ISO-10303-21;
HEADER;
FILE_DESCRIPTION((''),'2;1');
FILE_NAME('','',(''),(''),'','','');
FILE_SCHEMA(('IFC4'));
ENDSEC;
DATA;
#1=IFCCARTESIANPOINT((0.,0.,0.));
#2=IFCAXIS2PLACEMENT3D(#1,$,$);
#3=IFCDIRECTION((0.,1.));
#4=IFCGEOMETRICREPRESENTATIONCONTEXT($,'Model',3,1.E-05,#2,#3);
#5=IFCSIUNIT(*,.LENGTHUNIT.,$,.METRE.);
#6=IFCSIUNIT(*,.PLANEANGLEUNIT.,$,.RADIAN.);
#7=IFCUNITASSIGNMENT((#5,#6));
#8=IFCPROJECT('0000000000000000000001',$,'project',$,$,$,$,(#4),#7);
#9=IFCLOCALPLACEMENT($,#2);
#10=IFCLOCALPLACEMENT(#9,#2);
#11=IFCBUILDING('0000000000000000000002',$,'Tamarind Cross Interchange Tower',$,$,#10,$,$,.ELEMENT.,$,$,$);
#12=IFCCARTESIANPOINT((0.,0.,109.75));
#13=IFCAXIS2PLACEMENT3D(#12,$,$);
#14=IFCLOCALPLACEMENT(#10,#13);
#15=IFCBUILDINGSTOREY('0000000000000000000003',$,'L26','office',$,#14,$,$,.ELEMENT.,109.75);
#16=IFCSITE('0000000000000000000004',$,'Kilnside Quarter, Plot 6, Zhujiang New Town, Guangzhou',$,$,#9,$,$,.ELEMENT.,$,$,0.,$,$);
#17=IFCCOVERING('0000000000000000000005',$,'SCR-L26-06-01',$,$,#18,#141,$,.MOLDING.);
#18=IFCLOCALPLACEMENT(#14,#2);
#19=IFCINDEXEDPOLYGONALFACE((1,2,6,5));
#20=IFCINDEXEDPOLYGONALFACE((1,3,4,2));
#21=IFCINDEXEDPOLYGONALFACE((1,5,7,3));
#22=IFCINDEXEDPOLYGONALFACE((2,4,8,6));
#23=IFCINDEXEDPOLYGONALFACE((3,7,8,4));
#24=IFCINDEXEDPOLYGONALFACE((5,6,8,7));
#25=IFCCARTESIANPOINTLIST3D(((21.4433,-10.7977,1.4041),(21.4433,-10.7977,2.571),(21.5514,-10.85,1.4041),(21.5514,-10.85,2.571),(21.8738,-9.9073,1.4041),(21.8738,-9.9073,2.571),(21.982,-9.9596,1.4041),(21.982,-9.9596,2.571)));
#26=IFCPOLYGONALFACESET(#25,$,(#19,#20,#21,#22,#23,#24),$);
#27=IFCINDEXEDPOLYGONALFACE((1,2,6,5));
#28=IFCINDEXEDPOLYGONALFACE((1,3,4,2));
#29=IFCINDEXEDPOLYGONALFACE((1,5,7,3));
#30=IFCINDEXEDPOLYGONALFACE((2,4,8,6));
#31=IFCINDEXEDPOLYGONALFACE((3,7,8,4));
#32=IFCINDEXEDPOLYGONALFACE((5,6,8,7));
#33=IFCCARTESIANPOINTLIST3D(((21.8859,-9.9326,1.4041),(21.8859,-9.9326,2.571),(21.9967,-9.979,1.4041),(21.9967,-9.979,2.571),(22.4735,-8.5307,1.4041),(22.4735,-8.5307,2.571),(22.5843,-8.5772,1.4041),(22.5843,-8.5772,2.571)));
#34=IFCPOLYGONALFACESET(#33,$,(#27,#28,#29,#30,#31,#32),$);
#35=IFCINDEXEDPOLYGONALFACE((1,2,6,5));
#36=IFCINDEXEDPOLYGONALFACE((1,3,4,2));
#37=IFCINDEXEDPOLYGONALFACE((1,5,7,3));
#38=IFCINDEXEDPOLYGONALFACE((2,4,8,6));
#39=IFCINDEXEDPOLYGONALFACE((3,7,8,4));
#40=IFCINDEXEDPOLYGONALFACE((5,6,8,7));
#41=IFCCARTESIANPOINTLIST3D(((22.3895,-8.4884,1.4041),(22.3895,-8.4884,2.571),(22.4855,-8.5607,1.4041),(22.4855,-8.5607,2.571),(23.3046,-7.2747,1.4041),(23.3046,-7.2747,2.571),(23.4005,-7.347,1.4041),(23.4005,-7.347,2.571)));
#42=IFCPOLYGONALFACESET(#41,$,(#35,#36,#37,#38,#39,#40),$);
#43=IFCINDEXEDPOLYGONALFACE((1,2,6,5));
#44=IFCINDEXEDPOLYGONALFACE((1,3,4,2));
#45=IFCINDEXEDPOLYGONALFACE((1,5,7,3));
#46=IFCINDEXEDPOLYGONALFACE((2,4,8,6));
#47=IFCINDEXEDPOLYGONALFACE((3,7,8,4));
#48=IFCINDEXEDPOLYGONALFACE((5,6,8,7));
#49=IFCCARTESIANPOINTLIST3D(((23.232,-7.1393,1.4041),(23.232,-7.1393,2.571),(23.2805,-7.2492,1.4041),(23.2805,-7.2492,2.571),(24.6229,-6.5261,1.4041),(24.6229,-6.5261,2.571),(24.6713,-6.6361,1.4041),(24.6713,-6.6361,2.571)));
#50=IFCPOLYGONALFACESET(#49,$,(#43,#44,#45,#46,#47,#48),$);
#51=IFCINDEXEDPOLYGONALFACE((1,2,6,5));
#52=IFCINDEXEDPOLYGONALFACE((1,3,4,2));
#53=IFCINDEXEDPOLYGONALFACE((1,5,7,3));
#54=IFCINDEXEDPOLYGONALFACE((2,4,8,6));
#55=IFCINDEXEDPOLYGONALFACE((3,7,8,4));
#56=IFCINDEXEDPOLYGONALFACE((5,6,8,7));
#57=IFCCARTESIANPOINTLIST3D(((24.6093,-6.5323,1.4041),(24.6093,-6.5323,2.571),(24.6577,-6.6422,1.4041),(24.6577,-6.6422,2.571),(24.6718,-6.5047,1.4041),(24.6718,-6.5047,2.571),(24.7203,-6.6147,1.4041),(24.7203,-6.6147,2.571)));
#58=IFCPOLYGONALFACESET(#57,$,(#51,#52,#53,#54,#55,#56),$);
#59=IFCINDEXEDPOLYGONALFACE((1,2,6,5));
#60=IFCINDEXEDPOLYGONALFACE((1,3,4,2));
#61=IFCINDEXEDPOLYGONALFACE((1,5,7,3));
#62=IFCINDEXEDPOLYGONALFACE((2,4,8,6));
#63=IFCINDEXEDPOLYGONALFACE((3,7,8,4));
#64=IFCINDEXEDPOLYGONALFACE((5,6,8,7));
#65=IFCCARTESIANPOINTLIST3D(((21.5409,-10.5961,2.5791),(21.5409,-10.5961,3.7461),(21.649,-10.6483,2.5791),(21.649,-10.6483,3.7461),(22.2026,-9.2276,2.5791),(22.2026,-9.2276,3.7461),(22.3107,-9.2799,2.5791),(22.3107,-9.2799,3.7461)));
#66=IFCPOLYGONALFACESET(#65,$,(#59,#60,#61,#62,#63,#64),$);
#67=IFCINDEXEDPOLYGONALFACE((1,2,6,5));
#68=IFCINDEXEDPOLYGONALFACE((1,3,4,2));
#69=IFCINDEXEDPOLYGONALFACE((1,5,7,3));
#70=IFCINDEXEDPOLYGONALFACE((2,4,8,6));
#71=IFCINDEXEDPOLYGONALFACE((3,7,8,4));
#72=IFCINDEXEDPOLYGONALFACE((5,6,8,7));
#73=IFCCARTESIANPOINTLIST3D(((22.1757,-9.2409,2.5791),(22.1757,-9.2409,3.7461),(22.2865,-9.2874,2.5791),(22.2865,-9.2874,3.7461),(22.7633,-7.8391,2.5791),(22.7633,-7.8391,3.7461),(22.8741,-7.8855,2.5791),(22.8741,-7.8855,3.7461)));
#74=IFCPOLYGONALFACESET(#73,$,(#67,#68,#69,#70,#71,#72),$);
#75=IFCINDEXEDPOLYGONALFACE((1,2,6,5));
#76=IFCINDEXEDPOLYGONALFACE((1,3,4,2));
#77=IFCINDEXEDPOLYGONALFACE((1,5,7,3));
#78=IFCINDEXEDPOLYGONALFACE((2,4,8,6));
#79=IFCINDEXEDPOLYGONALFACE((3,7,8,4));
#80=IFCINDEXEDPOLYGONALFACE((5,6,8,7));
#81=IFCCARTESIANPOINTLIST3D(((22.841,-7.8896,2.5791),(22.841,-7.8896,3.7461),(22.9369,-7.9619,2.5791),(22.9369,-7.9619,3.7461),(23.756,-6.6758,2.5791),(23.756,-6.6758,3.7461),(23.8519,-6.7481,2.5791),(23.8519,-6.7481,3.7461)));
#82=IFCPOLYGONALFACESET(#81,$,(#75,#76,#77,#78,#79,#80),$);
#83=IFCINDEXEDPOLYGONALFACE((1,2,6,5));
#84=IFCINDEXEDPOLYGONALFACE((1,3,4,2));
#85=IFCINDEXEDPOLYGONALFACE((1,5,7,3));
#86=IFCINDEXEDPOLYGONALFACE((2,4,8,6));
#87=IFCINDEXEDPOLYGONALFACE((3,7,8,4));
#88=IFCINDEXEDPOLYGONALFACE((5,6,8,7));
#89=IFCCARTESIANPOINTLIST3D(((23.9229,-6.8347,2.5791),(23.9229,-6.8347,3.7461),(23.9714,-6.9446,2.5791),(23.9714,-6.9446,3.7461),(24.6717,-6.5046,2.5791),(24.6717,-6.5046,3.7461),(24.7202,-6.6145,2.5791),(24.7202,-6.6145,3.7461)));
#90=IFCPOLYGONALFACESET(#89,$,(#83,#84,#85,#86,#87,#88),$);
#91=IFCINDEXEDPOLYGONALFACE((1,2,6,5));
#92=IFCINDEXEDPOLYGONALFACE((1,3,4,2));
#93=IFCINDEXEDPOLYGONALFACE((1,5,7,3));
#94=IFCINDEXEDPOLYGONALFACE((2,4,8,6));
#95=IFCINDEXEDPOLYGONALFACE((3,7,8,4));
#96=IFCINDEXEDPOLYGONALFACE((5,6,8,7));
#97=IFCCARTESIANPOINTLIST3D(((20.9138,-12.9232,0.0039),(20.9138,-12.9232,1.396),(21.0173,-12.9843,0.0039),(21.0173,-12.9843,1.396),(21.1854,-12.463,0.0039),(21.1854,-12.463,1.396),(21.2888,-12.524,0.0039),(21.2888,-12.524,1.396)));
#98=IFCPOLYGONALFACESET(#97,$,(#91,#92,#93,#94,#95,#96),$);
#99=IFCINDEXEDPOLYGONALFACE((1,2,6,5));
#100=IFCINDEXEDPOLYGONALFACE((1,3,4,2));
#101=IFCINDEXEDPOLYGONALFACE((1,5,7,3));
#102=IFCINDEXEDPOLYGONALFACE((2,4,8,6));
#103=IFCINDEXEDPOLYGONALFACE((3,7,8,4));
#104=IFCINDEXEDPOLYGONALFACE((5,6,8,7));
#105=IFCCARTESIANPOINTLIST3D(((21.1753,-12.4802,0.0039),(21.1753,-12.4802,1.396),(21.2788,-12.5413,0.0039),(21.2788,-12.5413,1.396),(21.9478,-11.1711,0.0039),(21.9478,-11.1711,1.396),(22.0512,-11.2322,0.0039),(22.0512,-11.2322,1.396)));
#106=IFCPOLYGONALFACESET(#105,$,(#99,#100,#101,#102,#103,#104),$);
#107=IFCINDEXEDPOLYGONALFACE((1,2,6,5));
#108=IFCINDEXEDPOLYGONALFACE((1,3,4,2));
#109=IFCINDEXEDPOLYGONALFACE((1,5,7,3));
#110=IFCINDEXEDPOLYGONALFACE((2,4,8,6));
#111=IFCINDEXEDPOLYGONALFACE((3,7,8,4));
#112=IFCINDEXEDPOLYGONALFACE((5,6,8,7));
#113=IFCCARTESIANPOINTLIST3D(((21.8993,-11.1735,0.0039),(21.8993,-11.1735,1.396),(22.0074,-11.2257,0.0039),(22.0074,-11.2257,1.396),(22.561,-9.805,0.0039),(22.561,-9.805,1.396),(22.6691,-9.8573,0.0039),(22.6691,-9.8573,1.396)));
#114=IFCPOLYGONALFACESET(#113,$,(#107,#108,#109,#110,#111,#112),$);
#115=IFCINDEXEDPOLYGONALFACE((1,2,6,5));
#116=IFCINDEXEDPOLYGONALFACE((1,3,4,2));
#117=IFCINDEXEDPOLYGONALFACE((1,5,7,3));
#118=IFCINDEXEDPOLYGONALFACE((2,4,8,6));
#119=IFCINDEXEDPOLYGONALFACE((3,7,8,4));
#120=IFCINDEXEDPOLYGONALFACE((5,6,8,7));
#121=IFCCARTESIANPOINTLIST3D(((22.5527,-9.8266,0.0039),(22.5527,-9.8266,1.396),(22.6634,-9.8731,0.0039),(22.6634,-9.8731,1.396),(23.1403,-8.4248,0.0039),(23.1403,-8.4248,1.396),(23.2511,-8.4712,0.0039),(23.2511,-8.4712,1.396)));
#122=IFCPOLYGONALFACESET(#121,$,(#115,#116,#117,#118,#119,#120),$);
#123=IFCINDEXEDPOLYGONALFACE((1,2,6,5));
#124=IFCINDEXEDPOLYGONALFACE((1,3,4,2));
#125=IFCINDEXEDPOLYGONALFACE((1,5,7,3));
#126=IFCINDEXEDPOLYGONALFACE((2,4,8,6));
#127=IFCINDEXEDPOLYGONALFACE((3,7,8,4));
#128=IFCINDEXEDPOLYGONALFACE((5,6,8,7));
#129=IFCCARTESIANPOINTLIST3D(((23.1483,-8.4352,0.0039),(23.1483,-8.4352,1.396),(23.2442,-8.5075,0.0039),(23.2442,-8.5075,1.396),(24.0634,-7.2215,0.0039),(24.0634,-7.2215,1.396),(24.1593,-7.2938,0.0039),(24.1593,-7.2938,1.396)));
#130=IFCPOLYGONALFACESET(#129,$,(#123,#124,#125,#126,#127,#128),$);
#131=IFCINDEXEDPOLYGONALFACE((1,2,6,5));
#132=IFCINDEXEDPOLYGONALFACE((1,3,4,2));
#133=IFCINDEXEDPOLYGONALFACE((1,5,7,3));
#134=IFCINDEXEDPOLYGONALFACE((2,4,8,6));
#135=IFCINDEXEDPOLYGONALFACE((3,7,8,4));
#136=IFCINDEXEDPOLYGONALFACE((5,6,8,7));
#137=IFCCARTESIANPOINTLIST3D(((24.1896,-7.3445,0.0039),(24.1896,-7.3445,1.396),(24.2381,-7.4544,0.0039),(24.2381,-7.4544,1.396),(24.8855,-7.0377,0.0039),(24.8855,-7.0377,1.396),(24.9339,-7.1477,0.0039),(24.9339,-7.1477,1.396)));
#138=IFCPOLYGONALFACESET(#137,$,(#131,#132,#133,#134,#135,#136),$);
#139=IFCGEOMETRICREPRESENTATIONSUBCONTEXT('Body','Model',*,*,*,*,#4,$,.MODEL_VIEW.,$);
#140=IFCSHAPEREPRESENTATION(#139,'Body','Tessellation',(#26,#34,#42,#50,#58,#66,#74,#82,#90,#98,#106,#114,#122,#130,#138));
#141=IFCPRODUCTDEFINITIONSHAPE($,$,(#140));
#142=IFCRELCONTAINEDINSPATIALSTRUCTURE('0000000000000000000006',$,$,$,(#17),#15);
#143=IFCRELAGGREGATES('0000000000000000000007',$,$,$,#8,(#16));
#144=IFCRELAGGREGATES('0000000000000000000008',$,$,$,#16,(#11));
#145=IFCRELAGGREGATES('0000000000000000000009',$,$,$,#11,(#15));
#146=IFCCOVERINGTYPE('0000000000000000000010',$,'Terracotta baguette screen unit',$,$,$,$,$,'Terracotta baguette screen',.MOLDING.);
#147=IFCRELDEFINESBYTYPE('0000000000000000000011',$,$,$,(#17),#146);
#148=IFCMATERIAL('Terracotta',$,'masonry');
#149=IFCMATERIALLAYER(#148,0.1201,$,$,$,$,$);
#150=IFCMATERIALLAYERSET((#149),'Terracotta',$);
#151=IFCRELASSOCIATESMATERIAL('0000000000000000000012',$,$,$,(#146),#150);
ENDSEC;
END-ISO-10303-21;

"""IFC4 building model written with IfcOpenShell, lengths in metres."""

from ifc_helpers import new_model, si_unit, direction, frame, origin, origin_2d, place, context, subcontext, project, spatial, rectangle, extrude, material, layer, layer_set, type_object, element, save


model = new_model("IFC4")

# Units and contexts
model_context = context("Model", 3, precision=1e-05, world=origin(), true_north=direction((0.0, 1.0)))
body_context = subcontext(model_context, "Body", "Model", "MODEL_VIEW")
ifc_project = project(units=[si_unit("LENGTHUNIT", "METRE"), si_unit("PLANEANGLEUNIT", "RADIAN")], contexts=[model_context])

# Site, building, storey
site_placement = place(None, origin())
site = spatial("IfcSite", under=ifc_project, at=site_placement, Name="Kilnside Quarter, Plot 6, Zhujiang New Town, Guangzhou", CompositionType="ELEMENT", RefElevation=0.0)
building_placement = place(site_placement, origin())
building = spatial("IfcBuilding", under=site, at=building_placement, Name="Tamarind Cross Interchange Tower", CompositionType="ELEMENT")
storey_placement = place(building_placement, frame((0.0, 0.0, 109.75)))
storey = spatial("IfcBuildingStorey", under=building, at=storey_placement, Name="L26", Description="office", CompositionType="ELEMENT", Elevation=109.75)

# Covering
ifc_material_1 = material(Name="Terracotta", Category="masonry")
ifc_layer_1 = layer(ifc_material_1, 0.1201)
ifc_layer_set_1 = layer_set([ifc_layer_1], Name="Terracotta")
covering_type = type_object("IfcCoveringType", Name="Terracotta baguette screen unit", ElementType="Terracotta baguette screen", PredefinedType="MOLDING", material=ifc_layer_set_1)
covering_1_placement = place(storey_placement, origin())
element("IfcCovering", 1, at=covering_1_placement, inside=storey, type_object=covering_type, Name="SCR-L26-06-01", PredefinedType="MOLDING", context=body_context, shape_type="SweptSolid", body=[
    extrude(rectangle(XDim=0.989, YDim=0.1201, at=origin_2d()), frame((21.7126, -10.3787, 1.4041), z_axis=(0.0, 0.0, 1.0), x_axis=(0.435326, 0.900273, 0.0)), (0.0, 0.0, 1.0), 1.167),
    extrude(rectangle(XDim=1.52, YDim=0.1201, at=origin_2d()), frame((22.2351, -9.2549, 1.4041), z_axis=(0.0, 0.0, 1.0), x_axis=(0.386587, 0.922253, 0.0)), (0.0, 0.0, 1.0), 1.167),
    extrude(rectangle(XDim=1.52, YDim=0.1201, at=origin_2d()), frame((22.895, -7.9177, 1.4041), z_axis=(0.0, 0.0, 1.0), x_axis=(0.601994, 0.798501, 0.0)), (0.0, 0.0, 1.0), 1.167),
    extrude(rectangle(XDim=1.52, YDim=0.1201, at=origin_2d()), frame((23.9517, -6.8877, 1.4041), z_axis=(0.0, 0.0, 1.0), x_axis=(0.915017, 0.403415, 0.0)), (0.0, 0.0, 1.0), 1.167),
    extrude(rectangle(XDim=0.0684, YDim=0.1201, at=origin_2d()), frame((24.6648, -6.5735, 1.4041), z_axis=(0.0, 0.0, 1.0), x_axis=(0.915017, 0.403415, 0.0)), (0.0, 0.0, 1.0), 1.167),
    extrude(rectangle(XDim=1.52, YDim=0.1201, at=origin_2d()), frame((21.9258, -9.938, 2.5791), z_axis=(0.0, 0.0, 1.0), x_axis=(0.435326, 0.900273, 0.0)), (0.0, 0.0, 1.0), 1.167),
    extrude(rectangle(XDim=1.52, YDim=0.1201, at=origin_2d()), frame((22.5249, -8.5632, 2.5791), z_axis=(0.0, 0.0, 1.0), x_axis=(0.386587, 0.922253, 0.0)), (0.0, 0.0, 1.0), 1.167),
    extrude(rectangle(XDim=1.52, YDim=0.1201, at=origin_2d()), frame((23.3464, -7.3188, 2.5791), z_axis=(0.0, 0.0, 1.0), x_axis=(0.601994, 0.798501, 0.0)), (0.0, 0.0, 1.0), 1.167),
    extrude(rectangle(XDim=0.8184, YDim=0.1201, at=origin_2d()), frame((24.3215, -6.7246, 2.5791), z_axis=(0.0, 0.0, 1.0), x_axis=(0.915017, 0.403415, 0.0)), (0.0, 0.0, 1.0), 1.167),
    extrude(rectangle(XDim=0.5344, YDim=0.1201, at=origin_2d()), frame((21.1013, -12.7236, 0.0039), z_axis=(0.0, 0.0, 1.0), x_axis=(0.508183, 0.861249, 0.0)), (0.0, 0.0, 1.0), 1.3921),
    extrude(rectangle(XDim=1.52, YDim=0.1201, at=origin_2d()), frame((21.6133, -11.8562, 0.0039), z_axis=(0.0, 0.0, 1.0), x_axis=(0.508183, 0.861249, 0.0)), (0.0, 0.0, 1.0), 1.3921),
    extrude(rectangle(XDim=1.52, YDim=0.1201, at=origin_2d()), frame((22.2842, -10.5154, 0.0039), z_axis=(0.0, 0.0, 1.0), x_axis=(0.435326, 0.900273, 0.0)), (0.0, 0.0, 1.0), 1.3921),
    extrude(rectangle(XDim=1.52, YDim=0.1201, at=origin_2d()), frame((22.9019, -9.1489, 0.0039), z_axis=(0.0, 0.0, 1.0), x_axis=(0.386587, 0.922253, 0.0)), (0.0, 0.0, 1.0), 1.3921),
    extrude(rectangle(XDim=1.52, YDim=0.1201, at=origin_2d()), frame((23.6538, -7.8645, 0.0039), z_axis=(0.0, 0.0, 1.0), x_axis=(0.601994, 0.798501, 0.0)), (0.0, 0.0, 1.0), 1.3921),
    extrude(rectangle(XDim=0.7605, YDim=0.1201, at=origin_2d()), frame((24.5618, -7.2461, 0.0039), z_axis=(0.0, 0.0, 1.0), x_axis=(0.915017, 0.403415, 0.0)), (0.0, 0.0, 1.0), 1.3921),
])

save(model, "model.ifc")
